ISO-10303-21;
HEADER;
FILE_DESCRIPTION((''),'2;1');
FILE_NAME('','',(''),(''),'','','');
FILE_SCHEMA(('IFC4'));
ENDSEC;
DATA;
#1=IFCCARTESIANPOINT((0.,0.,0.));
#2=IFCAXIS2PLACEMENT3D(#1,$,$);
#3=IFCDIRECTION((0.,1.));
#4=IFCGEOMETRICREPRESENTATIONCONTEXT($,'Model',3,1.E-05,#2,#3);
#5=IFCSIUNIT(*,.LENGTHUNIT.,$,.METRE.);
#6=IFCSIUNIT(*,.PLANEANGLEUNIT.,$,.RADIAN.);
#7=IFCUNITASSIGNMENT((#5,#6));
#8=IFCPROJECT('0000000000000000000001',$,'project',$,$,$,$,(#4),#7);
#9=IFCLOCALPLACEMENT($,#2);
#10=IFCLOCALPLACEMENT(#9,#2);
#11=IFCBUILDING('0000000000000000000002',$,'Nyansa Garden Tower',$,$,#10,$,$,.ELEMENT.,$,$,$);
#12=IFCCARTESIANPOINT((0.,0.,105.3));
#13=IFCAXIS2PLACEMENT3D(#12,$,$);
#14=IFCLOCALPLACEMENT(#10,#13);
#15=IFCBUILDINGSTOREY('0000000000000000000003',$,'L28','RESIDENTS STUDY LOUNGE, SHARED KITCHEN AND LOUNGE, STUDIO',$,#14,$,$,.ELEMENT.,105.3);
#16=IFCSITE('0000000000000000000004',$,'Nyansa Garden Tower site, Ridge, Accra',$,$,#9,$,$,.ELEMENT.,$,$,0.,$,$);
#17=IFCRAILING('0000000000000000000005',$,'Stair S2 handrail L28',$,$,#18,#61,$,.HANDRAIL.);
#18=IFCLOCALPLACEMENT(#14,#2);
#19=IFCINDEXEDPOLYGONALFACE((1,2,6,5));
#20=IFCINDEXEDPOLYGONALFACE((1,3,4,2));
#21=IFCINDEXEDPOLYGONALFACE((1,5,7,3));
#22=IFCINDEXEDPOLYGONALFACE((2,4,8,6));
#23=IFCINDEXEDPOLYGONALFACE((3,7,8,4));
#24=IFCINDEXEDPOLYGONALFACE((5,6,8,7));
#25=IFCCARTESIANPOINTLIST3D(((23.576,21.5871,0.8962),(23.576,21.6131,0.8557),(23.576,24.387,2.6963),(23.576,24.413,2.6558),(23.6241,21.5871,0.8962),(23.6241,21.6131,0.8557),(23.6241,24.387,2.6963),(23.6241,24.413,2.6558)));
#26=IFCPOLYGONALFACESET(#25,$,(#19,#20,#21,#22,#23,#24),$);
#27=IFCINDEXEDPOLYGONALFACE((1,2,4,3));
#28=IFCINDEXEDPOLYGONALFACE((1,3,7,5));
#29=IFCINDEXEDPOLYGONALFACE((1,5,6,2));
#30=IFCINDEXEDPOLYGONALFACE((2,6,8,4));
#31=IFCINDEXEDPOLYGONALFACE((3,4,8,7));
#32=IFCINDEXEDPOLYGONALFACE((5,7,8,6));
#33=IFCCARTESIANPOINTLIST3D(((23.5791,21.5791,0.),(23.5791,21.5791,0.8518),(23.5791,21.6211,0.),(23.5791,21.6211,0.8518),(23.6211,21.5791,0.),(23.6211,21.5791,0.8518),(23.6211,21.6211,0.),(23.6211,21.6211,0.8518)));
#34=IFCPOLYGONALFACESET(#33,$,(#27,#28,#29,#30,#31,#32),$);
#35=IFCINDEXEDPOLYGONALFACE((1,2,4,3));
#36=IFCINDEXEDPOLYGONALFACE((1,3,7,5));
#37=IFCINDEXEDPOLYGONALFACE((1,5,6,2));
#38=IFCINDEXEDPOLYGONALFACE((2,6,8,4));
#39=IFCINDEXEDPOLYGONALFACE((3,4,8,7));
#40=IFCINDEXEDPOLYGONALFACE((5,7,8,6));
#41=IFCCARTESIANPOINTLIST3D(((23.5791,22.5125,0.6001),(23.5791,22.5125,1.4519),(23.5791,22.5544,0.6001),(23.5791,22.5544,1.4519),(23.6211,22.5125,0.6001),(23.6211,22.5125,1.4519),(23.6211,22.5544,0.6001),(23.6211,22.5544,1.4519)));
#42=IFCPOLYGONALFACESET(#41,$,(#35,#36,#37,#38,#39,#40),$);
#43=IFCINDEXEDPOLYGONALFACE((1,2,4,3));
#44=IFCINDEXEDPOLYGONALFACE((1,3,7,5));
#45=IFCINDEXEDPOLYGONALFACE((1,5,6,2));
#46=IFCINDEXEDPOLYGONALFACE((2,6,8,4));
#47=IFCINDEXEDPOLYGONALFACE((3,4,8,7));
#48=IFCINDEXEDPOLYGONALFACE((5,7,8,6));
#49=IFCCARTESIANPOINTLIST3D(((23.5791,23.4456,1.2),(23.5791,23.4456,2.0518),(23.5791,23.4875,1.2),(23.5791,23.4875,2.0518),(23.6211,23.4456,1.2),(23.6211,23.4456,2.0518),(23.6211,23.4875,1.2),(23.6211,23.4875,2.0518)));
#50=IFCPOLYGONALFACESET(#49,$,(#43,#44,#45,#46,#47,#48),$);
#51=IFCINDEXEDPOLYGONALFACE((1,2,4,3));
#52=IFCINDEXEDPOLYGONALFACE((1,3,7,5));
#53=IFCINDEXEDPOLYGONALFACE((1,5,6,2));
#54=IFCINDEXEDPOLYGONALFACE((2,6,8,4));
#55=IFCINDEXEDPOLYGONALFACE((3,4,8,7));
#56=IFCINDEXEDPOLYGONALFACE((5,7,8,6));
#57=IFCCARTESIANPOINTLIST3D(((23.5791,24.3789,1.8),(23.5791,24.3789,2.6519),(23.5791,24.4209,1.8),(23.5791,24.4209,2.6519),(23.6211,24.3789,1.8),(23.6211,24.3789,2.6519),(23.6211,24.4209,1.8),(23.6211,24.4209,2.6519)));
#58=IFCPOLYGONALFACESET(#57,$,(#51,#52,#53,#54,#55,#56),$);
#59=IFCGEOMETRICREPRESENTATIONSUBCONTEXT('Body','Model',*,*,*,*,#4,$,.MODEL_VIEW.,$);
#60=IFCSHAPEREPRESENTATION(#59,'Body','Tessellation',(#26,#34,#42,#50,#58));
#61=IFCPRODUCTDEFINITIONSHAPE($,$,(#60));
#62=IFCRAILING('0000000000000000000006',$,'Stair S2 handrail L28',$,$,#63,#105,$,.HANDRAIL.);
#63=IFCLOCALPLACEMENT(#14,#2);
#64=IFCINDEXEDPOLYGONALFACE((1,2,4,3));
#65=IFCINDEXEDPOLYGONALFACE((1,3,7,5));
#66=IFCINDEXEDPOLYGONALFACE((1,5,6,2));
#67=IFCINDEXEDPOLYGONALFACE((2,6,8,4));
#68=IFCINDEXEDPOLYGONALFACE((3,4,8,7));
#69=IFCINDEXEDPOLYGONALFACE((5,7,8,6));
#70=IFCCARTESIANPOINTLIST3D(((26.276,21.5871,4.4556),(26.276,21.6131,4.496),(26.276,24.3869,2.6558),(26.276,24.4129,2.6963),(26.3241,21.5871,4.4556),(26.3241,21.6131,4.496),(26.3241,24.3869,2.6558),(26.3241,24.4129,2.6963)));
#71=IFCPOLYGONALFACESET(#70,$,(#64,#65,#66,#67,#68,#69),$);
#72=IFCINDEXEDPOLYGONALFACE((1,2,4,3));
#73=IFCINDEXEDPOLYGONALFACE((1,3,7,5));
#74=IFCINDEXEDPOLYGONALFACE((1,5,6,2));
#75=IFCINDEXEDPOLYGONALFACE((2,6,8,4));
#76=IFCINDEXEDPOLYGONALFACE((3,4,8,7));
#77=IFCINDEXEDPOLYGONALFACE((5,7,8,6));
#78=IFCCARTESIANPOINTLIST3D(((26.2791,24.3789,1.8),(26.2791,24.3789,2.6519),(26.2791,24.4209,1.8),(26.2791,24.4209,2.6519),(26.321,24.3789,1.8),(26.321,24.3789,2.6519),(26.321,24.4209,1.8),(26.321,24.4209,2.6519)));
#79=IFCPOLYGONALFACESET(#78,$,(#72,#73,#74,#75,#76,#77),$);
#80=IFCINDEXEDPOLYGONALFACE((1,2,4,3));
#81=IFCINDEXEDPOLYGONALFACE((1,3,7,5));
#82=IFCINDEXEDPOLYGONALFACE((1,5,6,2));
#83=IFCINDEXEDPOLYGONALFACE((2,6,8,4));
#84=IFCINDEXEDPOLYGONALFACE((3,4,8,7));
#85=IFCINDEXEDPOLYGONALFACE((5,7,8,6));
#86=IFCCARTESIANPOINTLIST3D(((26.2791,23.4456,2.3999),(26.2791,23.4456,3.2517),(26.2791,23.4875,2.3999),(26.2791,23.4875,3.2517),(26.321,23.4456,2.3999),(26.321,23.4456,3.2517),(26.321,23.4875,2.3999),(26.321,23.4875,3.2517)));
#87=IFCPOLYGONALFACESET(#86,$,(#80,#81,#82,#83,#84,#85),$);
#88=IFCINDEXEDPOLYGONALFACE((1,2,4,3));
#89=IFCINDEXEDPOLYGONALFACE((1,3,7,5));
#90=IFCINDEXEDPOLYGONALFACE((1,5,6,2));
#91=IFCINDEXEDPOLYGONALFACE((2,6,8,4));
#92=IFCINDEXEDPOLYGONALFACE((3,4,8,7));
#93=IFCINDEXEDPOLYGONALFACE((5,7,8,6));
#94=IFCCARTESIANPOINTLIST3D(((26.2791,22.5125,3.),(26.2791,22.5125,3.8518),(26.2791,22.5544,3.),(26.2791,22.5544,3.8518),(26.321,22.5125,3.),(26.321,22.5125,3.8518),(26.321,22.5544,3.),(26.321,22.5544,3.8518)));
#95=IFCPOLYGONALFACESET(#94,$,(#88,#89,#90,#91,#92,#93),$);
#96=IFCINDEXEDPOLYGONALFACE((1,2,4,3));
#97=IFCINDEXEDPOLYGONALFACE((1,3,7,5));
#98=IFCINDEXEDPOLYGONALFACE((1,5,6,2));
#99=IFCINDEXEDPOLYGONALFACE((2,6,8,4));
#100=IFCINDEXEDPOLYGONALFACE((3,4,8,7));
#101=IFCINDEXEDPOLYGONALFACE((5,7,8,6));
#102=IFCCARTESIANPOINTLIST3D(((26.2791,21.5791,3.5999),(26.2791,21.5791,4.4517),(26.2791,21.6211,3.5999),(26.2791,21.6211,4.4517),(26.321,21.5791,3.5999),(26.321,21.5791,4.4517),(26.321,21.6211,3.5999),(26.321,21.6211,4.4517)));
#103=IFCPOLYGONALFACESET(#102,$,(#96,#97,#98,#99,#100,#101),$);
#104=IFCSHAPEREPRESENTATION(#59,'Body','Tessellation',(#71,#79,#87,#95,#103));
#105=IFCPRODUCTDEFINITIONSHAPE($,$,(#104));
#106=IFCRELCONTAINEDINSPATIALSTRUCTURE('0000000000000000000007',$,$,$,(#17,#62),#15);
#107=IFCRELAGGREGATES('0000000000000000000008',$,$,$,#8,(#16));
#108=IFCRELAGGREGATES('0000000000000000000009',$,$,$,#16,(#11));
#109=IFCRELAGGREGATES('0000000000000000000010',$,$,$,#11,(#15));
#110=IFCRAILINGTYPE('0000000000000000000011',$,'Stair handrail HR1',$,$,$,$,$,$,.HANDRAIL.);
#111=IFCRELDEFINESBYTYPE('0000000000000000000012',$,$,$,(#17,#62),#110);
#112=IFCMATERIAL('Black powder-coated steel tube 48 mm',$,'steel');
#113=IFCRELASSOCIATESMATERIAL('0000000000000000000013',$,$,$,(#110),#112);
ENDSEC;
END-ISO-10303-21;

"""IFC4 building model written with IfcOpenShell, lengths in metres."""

from ifc_helpers import new_model, si_unit, direction, frame, origin, origin_2d, place, context, subcontext, project, spatial, rectangle, extrude, material, type_object, element, save


model = new_model("IFC4")

# Units and contexts
model_context = context("Model", 3, precision=1e-05, world=origin(), true_north=direction((0.0, 1.0)))
body_context = subcontext(model_context, "Body", "Model", "MODEL_VIEW")
ifc_project = project(units=[si_unit("LENGTHUNIT", "METRE"), si_unit("PLANEANGLEUNIT", "RADIAN")], contexts=[model_context])

# Site, building, storey
site_placement = place(None, origin())
site = spatial("IfcSite", under=ifc_project, at=site_placement, Name="Nyansa Garden Tower site, Ridge, Accra", CompositionType="ELEMENT", RefElevation=0.0)
building_placement = place(site_placement, origin())
building = spatial("IfcBuilding", under=site, at=building_placement, Name="Nyansa Garden Tower", CompositionType="ELEMENT")
storey_placement = place(building_placement, frame((0.0, 0.0, 105.3)))
storey = spatial("IfcBuildingStorey", under=building, at=storey_placement, Name="L28", Description="RESIDENTS STUDY LOUNGE, SHARED KITCHEN AND LOUNGE, STUDIO", CompositionType="ELEMENT", Elevation=105.3)

# Railings
ifc_material_1 = material(Name="Black powder-coated steel tube 48 mm", Category="steel")
railing_type = type_object("IfcRailingType", Name="Stair handrail HR1", PredefinedType="HANDRAIL", material=ifc_material_1)
railing_1_placement = place(storey_placement, frame((23.6001, 21.6001, 0.0)))
element("IfcRailing", 1, at=railing_1_placement, inside=storey, type_object=railing_type, Name="Stair S2 handrail L28", PredefinedType="HANDRAIL", context=body_context, shape_type="SweptSolid", body=[
    extrude(rectangle(XDim=0.0481, YDim=0.0481, at=origin_2d()), frame((0.0, 0.0, 0.876), z_axis=(0.0, 0.841155, 0.540795), x_axis=(-1.0, 0.0, 0.0)), (0.0, 0.0, 1.0), 3.3286),
    extrude(rectangle(XDim=0.042, YDim=0.042, at=origin_2d()), origin(), (0.0, 0.0, 1.0), 0.8518),
    extrude(rectangle(XDim=0.042, YDim=0.042, at=origin_2d()), frame((0.0, 0.9333, 0.6001)), (0.0, 0.0, 1.0), 0.8518),
    extrude(rectangle(XDim=0.042, YDim=0.042, at=origin_2d()), frame((0.0, 1.8665, 1.2)), (0.0, 0.0, 1.0), 0.8518),
    extrude(rectangle(XDim=0.042, YDim=0.042, at=origin_2d()), frame((0.0, 2.7998, 1.8)), (0.0, 0.0, 1.0), 0.8518),
])
railing_2_placement = place(storey_placement, frame((26.3, 24.3999, 1.8)))
element("IfcRailing", 2, at=railing_2_placement, inside=storey, type_object=railing_type, Name="Stair S2 handrail L28", PredefinedType="HANDRAIL", context=body_context, shape_type="SweptSolid", body=[
    extrude(rectangle(XDim=0.0481, YDim=0.0481, at=origin_2d()), frame((0.0, 0.0, 0.876), z_axis=(0.0, -0.841188, 0.540743), x_axis=(1.0, 0.0, 0.0)), (0.0, 0.0, 1.0), 3.3284),
    extrude(rectangle(XDim=0.042, YDim=0.042, at=origin_2d()), origin(), (0.0, 0.0, 1.0), 0.8518),
    extrude(rectangle(XDim=0.042, YDim=0.042, at=origin_2d()), frame((0.0, -0.9333, 0.5999)), (0.0, 0.0, 1.0), 0.8518),
    extrude(rectangle(XDim=0.042, YDim=0.042, at=origin_2d()), frame((0.0, -1.8665, 1.2)), (0.0, 0.0, 1.0), 0.8518),
    extrude(rectangle(XDim=0.042, YDim=0.042, at=origin_2d()), frame((0.0, -2.7998, 1.7998)), (0.0, 0.0, 1.0), 0.8518),
])

save(model, "model.ifc")
